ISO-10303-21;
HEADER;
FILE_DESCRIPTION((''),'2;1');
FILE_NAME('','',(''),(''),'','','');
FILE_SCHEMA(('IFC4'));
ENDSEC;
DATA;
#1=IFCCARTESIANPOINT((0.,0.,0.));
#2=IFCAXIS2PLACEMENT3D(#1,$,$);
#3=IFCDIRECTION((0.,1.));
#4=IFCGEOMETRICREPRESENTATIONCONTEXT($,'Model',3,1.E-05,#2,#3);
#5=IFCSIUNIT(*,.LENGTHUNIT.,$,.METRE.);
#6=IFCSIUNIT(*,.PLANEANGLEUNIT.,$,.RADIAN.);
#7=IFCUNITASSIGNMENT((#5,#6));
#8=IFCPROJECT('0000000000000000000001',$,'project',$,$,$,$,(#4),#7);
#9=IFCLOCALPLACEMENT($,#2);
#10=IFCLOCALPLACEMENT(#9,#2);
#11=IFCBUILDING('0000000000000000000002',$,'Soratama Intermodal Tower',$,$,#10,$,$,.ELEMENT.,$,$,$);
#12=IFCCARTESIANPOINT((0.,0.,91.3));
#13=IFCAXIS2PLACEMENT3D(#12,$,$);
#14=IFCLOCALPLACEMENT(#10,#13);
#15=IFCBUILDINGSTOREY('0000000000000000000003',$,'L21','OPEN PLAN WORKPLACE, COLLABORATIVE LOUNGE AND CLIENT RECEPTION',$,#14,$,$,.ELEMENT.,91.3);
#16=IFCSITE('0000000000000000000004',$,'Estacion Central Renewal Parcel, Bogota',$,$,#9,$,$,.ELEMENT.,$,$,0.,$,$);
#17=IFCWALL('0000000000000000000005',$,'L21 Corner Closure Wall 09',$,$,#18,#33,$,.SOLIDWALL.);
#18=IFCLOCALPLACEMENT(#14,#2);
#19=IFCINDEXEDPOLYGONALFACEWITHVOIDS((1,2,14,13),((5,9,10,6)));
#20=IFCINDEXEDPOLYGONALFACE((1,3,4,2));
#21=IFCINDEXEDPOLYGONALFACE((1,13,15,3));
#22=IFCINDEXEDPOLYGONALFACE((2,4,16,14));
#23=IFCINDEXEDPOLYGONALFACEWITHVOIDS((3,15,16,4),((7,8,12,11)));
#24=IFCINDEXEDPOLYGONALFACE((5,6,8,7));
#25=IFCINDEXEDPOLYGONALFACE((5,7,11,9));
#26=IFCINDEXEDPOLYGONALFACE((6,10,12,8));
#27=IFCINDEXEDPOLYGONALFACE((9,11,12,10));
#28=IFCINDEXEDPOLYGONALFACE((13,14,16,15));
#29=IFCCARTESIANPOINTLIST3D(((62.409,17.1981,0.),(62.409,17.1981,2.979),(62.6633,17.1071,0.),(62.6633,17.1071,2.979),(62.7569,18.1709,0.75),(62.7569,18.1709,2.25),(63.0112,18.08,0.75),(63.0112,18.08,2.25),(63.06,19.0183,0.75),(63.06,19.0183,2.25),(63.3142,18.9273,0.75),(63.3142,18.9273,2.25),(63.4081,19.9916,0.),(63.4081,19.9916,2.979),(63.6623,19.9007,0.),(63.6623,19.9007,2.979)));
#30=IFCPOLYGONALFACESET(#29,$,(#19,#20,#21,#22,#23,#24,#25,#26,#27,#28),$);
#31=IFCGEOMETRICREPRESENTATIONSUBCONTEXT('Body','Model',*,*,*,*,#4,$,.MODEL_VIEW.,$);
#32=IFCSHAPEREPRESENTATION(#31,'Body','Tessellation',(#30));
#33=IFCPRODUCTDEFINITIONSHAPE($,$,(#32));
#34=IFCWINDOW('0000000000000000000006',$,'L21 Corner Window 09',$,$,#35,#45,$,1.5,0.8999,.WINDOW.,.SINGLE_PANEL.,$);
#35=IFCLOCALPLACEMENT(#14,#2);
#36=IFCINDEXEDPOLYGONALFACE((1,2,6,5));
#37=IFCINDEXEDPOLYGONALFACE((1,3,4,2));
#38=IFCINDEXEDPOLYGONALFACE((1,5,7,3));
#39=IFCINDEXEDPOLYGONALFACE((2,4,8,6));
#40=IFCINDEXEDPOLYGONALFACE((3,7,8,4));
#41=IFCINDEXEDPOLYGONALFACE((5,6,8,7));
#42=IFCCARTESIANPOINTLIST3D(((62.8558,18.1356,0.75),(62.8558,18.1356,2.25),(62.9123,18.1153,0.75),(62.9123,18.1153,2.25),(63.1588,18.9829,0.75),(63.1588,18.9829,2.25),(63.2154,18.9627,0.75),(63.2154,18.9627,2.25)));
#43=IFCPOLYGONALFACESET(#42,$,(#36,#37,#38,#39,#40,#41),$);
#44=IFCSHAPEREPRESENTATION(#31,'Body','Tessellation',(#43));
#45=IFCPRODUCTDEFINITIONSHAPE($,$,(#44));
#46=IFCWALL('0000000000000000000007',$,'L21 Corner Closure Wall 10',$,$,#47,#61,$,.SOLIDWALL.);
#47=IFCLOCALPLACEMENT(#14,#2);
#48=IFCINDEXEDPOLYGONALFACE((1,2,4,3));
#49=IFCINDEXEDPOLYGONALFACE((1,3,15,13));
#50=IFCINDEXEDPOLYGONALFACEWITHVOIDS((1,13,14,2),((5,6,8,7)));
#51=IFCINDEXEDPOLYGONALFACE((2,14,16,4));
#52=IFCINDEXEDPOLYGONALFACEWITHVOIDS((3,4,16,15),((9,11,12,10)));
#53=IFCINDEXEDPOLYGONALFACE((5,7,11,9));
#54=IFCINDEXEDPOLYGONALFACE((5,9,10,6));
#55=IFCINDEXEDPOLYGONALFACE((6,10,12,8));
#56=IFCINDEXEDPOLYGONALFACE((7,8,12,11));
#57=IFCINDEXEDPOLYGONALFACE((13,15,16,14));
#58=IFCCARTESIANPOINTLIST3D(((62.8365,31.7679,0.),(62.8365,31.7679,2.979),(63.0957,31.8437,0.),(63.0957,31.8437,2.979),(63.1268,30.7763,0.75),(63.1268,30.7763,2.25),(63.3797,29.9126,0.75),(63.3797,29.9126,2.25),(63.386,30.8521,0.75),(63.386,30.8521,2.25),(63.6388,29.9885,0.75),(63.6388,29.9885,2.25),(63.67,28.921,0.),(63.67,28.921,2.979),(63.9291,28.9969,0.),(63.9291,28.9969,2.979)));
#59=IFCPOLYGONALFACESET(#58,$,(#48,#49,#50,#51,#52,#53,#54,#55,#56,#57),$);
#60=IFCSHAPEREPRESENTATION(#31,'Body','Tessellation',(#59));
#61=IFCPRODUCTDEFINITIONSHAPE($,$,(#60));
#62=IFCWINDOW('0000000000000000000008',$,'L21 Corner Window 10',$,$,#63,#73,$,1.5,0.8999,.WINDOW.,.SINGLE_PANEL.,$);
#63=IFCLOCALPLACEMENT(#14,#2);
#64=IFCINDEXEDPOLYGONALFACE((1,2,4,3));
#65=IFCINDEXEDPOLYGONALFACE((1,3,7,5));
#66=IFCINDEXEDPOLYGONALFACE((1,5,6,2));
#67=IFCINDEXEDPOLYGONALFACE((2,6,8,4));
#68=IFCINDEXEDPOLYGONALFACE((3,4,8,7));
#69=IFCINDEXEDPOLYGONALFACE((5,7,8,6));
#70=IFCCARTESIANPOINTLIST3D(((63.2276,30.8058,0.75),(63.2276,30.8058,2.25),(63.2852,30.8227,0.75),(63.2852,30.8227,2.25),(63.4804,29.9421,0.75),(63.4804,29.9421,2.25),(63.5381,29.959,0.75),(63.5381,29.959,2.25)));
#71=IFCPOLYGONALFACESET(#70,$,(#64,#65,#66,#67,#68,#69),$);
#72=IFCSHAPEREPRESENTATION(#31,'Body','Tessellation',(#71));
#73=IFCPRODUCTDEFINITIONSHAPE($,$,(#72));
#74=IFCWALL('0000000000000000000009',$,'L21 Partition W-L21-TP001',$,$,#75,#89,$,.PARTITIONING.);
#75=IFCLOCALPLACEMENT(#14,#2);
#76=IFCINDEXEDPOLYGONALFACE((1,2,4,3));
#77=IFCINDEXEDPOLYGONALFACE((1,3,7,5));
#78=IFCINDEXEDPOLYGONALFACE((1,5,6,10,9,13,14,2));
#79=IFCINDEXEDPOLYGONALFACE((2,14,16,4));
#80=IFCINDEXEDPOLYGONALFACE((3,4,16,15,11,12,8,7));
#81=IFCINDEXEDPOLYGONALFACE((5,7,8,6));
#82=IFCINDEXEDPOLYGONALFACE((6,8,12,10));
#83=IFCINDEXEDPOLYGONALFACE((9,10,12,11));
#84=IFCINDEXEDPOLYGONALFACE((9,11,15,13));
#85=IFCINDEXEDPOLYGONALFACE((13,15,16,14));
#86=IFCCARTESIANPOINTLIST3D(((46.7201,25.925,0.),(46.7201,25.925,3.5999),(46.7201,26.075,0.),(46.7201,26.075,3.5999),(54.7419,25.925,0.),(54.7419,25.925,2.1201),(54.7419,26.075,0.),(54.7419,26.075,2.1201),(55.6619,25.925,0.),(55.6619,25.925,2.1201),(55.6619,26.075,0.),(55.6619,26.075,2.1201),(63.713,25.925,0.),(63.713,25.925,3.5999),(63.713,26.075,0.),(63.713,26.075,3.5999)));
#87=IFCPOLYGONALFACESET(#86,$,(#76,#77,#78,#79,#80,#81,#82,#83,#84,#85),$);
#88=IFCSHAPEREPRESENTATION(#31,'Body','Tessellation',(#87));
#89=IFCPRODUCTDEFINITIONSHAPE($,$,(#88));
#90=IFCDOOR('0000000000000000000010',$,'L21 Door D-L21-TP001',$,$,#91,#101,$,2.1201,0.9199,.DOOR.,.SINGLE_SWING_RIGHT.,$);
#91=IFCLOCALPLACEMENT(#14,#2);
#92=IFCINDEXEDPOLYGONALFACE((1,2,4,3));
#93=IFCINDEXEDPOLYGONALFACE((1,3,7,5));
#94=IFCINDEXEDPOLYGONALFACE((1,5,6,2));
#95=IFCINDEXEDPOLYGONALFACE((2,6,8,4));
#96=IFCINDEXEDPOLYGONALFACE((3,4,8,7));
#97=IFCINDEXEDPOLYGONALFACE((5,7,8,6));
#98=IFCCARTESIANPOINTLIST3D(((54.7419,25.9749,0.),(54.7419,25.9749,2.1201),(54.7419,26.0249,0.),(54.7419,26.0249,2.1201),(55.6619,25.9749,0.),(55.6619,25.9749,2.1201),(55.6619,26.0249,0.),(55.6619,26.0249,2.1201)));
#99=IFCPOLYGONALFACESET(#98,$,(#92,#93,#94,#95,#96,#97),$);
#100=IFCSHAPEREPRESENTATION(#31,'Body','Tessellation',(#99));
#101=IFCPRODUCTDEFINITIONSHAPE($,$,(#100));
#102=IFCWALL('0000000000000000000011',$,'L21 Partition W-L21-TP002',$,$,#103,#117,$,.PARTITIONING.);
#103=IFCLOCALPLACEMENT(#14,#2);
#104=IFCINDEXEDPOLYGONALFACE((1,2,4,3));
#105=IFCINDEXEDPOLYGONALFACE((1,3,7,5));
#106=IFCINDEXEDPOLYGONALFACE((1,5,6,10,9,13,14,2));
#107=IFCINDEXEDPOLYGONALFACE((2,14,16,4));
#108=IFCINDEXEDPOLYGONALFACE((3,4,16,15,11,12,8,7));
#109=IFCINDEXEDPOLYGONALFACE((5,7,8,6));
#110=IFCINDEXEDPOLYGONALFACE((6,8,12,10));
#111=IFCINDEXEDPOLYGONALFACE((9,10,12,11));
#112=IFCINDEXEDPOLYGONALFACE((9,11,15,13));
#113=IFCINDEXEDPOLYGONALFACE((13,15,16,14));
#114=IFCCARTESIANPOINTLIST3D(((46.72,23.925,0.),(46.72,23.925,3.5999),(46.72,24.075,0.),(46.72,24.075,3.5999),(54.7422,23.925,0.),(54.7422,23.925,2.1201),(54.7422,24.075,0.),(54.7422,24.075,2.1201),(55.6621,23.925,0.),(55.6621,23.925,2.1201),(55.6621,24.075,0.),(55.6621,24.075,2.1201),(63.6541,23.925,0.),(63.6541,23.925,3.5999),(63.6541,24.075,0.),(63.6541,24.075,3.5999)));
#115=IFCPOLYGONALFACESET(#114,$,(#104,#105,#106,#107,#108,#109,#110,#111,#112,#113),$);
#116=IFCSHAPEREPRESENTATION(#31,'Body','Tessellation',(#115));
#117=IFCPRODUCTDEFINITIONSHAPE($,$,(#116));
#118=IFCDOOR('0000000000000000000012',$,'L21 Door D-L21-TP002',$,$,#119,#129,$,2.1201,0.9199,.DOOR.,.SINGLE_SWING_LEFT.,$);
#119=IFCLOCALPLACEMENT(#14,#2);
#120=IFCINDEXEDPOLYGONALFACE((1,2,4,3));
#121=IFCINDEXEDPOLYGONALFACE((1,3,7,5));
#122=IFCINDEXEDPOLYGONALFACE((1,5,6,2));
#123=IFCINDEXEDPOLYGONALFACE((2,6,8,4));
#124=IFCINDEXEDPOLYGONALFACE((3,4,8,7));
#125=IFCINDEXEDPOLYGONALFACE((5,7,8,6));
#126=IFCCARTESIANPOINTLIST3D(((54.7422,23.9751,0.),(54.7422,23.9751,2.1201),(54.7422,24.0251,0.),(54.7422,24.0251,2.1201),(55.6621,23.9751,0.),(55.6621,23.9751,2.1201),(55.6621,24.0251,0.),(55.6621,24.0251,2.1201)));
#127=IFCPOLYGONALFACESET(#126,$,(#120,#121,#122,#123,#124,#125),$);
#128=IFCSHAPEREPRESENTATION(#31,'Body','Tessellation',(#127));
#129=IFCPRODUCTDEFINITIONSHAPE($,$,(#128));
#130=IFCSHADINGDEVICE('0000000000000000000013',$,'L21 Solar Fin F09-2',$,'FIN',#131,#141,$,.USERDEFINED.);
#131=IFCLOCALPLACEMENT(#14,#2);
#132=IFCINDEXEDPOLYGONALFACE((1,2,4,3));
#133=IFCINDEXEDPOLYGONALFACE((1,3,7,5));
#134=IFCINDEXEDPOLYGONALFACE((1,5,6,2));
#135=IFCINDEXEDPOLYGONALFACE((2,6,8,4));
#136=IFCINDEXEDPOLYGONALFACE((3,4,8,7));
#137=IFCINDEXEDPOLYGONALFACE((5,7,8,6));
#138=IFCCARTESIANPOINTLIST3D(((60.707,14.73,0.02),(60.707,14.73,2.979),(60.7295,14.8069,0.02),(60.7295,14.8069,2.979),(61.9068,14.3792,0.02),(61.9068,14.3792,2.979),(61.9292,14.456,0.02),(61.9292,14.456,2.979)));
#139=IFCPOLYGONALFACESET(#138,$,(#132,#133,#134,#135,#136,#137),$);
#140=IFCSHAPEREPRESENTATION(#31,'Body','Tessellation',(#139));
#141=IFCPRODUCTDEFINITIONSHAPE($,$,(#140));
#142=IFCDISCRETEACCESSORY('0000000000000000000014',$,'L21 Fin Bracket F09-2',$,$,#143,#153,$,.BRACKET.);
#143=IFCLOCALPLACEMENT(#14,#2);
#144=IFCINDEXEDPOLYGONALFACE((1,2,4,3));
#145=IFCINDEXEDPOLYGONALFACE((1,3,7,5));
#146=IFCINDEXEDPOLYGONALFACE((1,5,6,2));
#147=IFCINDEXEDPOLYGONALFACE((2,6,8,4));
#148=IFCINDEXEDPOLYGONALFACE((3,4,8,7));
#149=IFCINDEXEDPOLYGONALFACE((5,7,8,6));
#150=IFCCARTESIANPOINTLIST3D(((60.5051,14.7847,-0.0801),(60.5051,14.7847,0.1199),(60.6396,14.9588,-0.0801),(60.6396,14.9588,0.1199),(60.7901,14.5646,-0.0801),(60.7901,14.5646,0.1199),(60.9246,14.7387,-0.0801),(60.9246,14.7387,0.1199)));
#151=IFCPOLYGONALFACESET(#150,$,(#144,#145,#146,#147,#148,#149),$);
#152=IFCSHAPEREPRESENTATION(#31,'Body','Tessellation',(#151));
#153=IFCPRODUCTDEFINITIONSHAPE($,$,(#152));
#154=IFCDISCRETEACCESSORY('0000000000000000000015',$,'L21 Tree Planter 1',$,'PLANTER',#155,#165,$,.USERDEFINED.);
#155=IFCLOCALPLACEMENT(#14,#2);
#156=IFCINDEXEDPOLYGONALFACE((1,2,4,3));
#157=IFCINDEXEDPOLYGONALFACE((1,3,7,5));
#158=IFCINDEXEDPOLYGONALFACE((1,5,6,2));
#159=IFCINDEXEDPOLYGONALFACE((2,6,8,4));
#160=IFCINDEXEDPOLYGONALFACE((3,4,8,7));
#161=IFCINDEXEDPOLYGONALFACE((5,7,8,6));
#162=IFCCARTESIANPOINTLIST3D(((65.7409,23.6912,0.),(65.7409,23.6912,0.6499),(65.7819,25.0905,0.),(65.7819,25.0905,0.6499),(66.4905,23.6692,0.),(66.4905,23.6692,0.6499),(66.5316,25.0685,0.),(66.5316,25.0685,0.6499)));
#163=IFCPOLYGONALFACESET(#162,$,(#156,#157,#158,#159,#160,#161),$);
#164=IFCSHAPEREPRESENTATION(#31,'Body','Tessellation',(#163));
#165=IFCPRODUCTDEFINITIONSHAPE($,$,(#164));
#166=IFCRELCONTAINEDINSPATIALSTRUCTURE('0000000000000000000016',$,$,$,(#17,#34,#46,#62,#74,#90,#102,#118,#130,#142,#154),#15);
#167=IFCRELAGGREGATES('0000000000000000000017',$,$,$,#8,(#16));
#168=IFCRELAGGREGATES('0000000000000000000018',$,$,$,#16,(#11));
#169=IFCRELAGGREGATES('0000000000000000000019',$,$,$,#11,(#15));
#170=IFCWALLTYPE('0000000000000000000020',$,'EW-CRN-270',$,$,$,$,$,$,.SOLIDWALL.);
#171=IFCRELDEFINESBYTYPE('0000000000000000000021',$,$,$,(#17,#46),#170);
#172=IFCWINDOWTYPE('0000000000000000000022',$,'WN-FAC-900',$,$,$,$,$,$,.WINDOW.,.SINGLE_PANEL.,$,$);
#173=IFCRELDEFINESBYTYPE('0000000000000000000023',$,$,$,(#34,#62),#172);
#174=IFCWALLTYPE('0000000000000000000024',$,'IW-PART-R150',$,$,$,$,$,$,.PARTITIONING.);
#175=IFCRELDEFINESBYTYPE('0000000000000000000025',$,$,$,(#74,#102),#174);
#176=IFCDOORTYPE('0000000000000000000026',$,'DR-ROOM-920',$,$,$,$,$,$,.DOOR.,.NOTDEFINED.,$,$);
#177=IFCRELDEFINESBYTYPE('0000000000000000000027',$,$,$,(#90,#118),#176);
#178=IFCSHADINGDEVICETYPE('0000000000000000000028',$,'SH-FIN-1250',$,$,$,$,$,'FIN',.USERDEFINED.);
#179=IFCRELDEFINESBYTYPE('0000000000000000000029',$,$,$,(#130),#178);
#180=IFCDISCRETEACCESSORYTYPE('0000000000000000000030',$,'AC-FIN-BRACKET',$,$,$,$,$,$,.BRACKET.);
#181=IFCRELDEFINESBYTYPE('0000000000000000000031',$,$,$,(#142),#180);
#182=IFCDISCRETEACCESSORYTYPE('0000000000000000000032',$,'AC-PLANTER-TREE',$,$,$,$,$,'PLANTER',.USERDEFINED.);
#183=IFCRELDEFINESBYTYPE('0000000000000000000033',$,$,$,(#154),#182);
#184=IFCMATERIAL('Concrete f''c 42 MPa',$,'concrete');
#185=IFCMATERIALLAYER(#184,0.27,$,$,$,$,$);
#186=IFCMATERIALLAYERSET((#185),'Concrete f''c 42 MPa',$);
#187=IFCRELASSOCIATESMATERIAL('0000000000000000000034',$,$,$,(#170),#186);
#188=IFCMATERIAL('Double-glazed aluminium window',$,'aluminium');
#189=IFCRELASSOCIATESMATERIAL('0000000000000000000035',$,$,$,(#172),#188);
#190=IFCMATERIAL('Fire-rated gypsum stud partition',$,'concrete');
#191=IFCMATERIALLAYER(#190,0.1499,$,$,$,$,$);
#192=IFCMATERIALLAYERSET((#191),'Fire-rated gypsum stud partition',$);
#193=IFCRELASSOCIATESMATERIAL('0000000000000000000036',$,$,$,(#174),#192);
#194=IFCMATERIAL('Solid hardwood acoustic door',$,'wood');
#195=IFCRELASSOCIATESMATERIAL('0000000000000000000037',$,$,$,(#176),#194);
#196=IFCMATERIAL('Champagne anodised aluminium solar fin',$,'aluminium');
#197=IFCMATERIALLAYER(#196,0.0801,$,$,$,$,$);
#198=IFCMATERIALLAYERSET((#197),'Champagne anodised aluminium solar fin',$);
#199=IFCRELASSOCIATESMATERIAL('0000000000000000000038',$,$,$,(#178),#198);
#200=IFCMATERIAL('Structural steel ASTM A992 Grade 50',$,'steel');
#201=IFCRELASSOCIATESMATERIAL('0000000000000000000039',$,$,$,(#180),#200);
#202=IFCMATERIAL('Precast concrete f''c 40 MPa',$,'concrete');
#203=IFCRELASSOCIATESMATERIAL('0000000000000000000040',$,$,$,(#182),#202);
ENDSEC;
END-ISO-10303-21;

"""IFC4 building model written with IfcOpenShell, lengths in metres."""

from ifc_helpers import new_model, si_unit, direction, frame, frame_2d, origin, origin_2d, place, context, subcontext, project, spatial, rectangle, extrude, material, layer, layer_set, type_object, element, fill, save


model = new_model("IFC4")

# Units and contexts
model_context = context("Model", 3, precision=1e-05, world=origin(), true_north=direction((0.0, 1.0)))
body_context = subcontext(model_context, "Body", "Model", "MODEL_VIEW")
ifc_project = project(units=[si_unit("LENGTHUNIT", "METRE"), si_unit("PLANEANGLEUNIT", "RADIAN")], contexts=[model_context])

# Site, building, storey
site_placement = place(None, origin())
site = spatial("IfcSite", under=ifc_project, at=site_placement, Name="Estacion Central Renewal Parcel, Bogota", CompositionType="ELEMENT", RefElevation=0.0)
building_placement = place(site_placement, origin())
building = spatial("IfcBuilding", under=site, at=building_placement, Name="Soratama Intermodal Tower", CompositionType="ELEMENT")
storey_placement = place(building_placement, frame((0.0, 0.0, 91.3)))
storey = spatial("IfcBuildingStorey", under=building, at=storey_placement, Name="L21", Description="OPEN PLAN WORKPLACE, COLLABORATIVE LOUNGE AND CLIENT RECEPTION", CompositionType="ELEMENT", Elevation=91.3)

# Walls, openings, windows
ifc_material_1 = material(Name="Concrete f'c 42 MPa", Category="concrete")
ifc_layer_1 = layer(ifc_material_1, 0.27)
ifc_layer_set_1 = layer_set([ifc_layer_1], Name="Concrete f'c 42 MPa")
wall_type_1 = type_object("IfcWallType", Name="EW-CRN-270", PredefinedType="SOLIDWALL", material=ifc_layer_set_1)
wall_1_placement = place(storey_placement, frame((62.5361, 17.1526, 0.0), z_axis=(0.0, 0.0, 1.0), x_axis=(0.336743, 0.941597, 0.0)))
wall_1 = element("IfcWall", 1, at=wall_1_placement, inside=storey, type_object=wall_type_1, Name="L21 Corner Closure Wall 09", PredefinedType="SOLIDWALL", context=body_context, shape_type="SweptSolid", body=[
    extrude(rectangle(XDim=2.9668, YDim=0.27, at=frame_2d((1.4834, 0.0))), origin(), (0.0, 0.0, 1.0), 2.979),
])
opening_1_placement = place(wall_1_placement, frame((1.0332, 0.0, 0.75)))
opening_1 = element("IfcOpeningElement", 2, at=opening_1_placement, cuts=wall_1, PredefinedType="OPENING", context=body_context, shape_type="SweptSolid", body=[
    extrude(rectangle(XDim=0.8999, YDim=1.5, at=frame_2d((0.45, 0.75))), frame((0.0, 0.145, 0.0), z_axis=(0.0, -1.0, 0.0), x_axis=(1.0, 0.0, 0.0)), (0.0, 0.0, 1.0), 0.29),
])
ifc_material_2 = material(Name="Double-glazed aluminium window", Category="aluminium")
window_type_1 = type_object("IfcWindowType", Name="WN-FAC-900", PartitioningType="SINGLE_PANEL", PredefinedType="WINDOW", material=ifc_material_2)
window_1_placement = place(opening_1_placement, origin())
window_1 = element("IfcWindow", 3, at=window_1_placement, inside=storey, type_object=window_type_1, Name="L21 Corner Window 09", OverallHeight=1.5, OverallWidth=0.8999, PartitioningType="SINGLE_PANEL", PredefinedType="WINDOW", context=body_context, shape_type="SweptSolid", body=[
    extrude(rectangle(XDim=0.8999, YDim=1.5, at=frame_2d((0.45, 0.75))), frame((0.0, 0.03, 0.0), z_axis=(0.0, -1.0, 0.0), x_axis=(1.0, 0.0, 0.0)), (0.0, 0.0, 1.0), 0.0601),
])
fill(opening_1, window_1)
wall_2_placement = place(storey_placement, frame((63.7996, 28.959, 0.0), z_axis=(0.0, 0.0, 1.0), x_axis=(-0.280976, 0.959715, 0.0)))
wall_2 = element("IfcWall", 4, at=wall_2_placement, inside=storey, type_object=wall_type_1, Name="L21 Corner Closure Wall 10", PredefinedType="SOLIDWALL", context=body_context, shape_type="SweptSolid", body=[
    extrude(rectangle(XDim=2.9663, YDim=0.27, at=frame_2d((1.4832, 0.0))), origin(), (0.0, 0.0, 1.0), 2.979),
])
opening_2_placement = place(wall_2_placement, frame((1.0332, 0.0, 0.75)))
opening_2 = element("IfcOpeningElement", 5, at=opening_2_placement, cuts=wall_2, PredefinedType="OPENING", context=body_context, shape_type="SweptSolid", body=[
    extrude(rectangle(XDim=0.8999, YDim=1.5, at=frame_2d((0.45, 0.75))), frame((0.0, 0.145, 0.0), z_axis=(0.0, -1.0, 0.0), x_axis=(1.0, 0.0, 0.0)), (0.0, 0.0, 1.0), 0.29),
])
window_2_placement = place(opening_2_placement, origin())
window_2 = element("IfcWindow", 6, at=window_2_placement, inside=storey, type_object=window_type_1, Name="L21 Corner Window 10", OverallHeight=1.5, OverallWidth=0.8999, PartitioningType="SINGLE_PANEL", PredefinedType="WINDOW", context=body_context, shape_type="SweptSolid", body=[
    extrude(rectangle(XDim=0.8999, YDim=1.5, at=frame_2d((0.45, 0.75))), frame((0.0, 0.03, 0.0), z_axis=(0.0, -1.0, 0.0), x_axis=(1.0, 0.0, 0.0)), (0.0, 0.0, 1.0), 0.0601),
])
fill(opening_2, window_2)

# Walls, openings, doors
ifc_material_3 = material(Name="Fire-rated gypsum stud partition", Category="concrete")
ifc_layer_2 = layer(ifc_material_3, 0.1499)
ifc_layer_set_2 = layer_set([ifc_layer_2], Name="Fire-rated gypsum stud partition")
wall_type_2 = type_object("IfcWallType", Name="IW-PART-R150", PredefinedType="PARTITIONING", material=ifc_layer_set_2)
wall_3_placement = place(storey_placement, frame((46.72, 26.0, 0.0), z_axis=(0.0, 0.0, 1.0), x_axis=(1.0, 0.0, 0.0)))
wall_3 = element("IfcWall", 7, at=wall_3_placement, inside=storey, type_object=wall_type_2, Name="L21 Partition W-L21-TP001", PredefinedType="PARTITIONING", context=body_context, shape_type="SweptSolid", body=[
    extrude(rectangle(XDim=16.9929, YDim=0.1499, at=frame_2d((8.4966, 0.0))), origin(), (0.0, 0.0, 1.0), 3.5999),
])
opening_3_placement = place(wall_3_placement, frame((8.022, 0.0, 0.0)))
opening_3 = element("IfcOpeningElement", 8, at=opening_3_placement, cuts=wall_3, PredefinedType="OPENING", context=body_context, shape_type="SweptSolid", body=[
    extrude(rectangle(XDim=0.9199, YDim=2.1201, at=frame_2d((0.46, 1.0601))), frame((0.0, 0.085, 0.0), z_axis=(0.0, -1.0, 0.0), x_axis=(1.0, 0.0, 0.0)), (0.0, 0.0, 1.0), 0.1699),
])
ifc_material_4 = material(Name="Solid hardwood acoustic door", Category="wood")
door_type_1 = type_object("IfcDoorType", Name="DR-ROOM-920", OperationType="NOTDEFINED", PredefinedType="DOOR", material=ifc_material_4)
door_1_placement = place(opening_3_placement, origin())
door_1 = element("IfcDoor", 9, at=door_1_placement, inside=storey, type_object=door_type_1, Name="L21 Door D-L21-TP001", OperationType="SINGLE_SWING_RIGHT", OverallHeight=2.1201, OverallWidth=0.9199, PredefinedType="DOOR", context=body_context, shape_type="SweptSolid", body=[
    extrude(rectangle(XDim=0.9199, YDim=2.1201, at=frame_2d((0.46, 1.0601))), frame((0.0, 0.0249, 0.0), z_axis=(0.0, -1.0, 0.0), x_axis=(1.0, 0.0, 0.0)), (0.0, 0.0, 1.0), 0.05),
])
fill(opening_3, door_1)
wall_4_placement = place(storey_placement, frame((63.6541, 24.0, 0.0), z_axis=(0.0, 0.0, 1.0), x_axis=(-1.0, 0.0, 0.0)))
wall_4 = element("IfcWall", 10, at=wall_4_placement, inside=storey, type_object=wall_type_2, Name="L21 Partition W-L21-TP002", PredefinedType="PARTITIONING", context=body_context, shape_type="SweptSolid", body=[
    extrude(rectangle(XDim=16.9341, YDim=0.1499, at=frame_2d((8.467, 0.0))), origin(), (0.0, 0.0, 1.0), 3.5999),
])
opening_4_placement = place(wall_4_placement, frame((7.9919, 0.0, 0.0)))
opening_4 = element("IfcOpeningElement", 11, at=opening_4_placement, cuts=wall_4, PredefinedType="OPENING", context=body_context, shape_type="SweptSolid", body=[
    extrude(rectangle(XDim=0.9199, YDim=2.1201, at=frame_2d((0.46, 1.0601))), frame((0.0, 0.085, 0.0), z_axis=(0.0, -1.0, 0.0), x_axis=(1.0, 0.0, 0.0)), (0.0, 0.0, 1.0), 0.1699),
])
door_2_placement = place(opening_4_placement, origin())
door_2 = element("IfcDoor", 12, at=door_2_placement, inside=storey, type_object=door_type_1, Name="L21 Door D-L21-TP002", OperationType="SINGLE_SWING_LEFT", OverallHeight=2.1201, OverallWidth=0.9199, PredefinedType="DOOR", context=body_context, shape_type="SweptSolid", body=[
    extrude(rectangle(XDim=0.9199, YDim=2.1201, at=frame_2d((0.46, 1.0601))), frame((0.0, 0.0249, 0.0), z_axis=(0.0, -1.0, 0.0), x_axis=(1.0, 0.0, 0.0)), (0.0, 0.0, 1.0), 0.05),
])
fill(opening_4, door_2)

# Shading device
ifc_material_5 = material(Name="Champagne anodised aluminium solar fin", Category="aluminium")
ifc_layer_3 = layer(ifc_material_5, 0.0801)
ifc_layer_set_3 = layer_set([ifc_layer_3], Name="Champagne anodised aluminium solar fin")
shading_device_type = type_object("IfcShadingDeviceType", Name="SH-FIN-1250", ElementType="FIN", PredefinedType="USERDEFINED", material=ifc_layer_set_3)
shading_device_placement = place(storey_placement, frame((61.3181, 14.593, 0.02), z_axis=(0.0, 0.0, 1.0), x_axis=(0.959805, -0.280667, 0.0)))
element("IfcShadingDevice", 13, at=shading_device_placement, inside=storey, type_object=shading_device_type, Name="L21 Solar Fin F09-2", ObjectType="FIN", PredefinedType="USERDEFINED", context=body_context, shape_type="SweptSolid", body=[
    extrude(rectangle(XDim=1.25, YDim=0.0801, at=origin_2d()), origin(), (0.0, 0.0, 1.0), 2.959),
])

# Discrete accessories
ifc_material_6 = material(Name="Structural steel ASTM A992 Grade 50", Category="steel")
discrete_accessory_type_1 = type_object("IfcDiscreteAccessoryType", Name="AC-FIN-BRACKET", PredefinedType="BRACKET", material=ifc_material_6)
discrete_accessory_1_placement = place(storey_placement, frame((60.7148, 14.7617, -0.0801), z_axis=(0.0, 0.0, 1.0), x_axis=(0.791437, -0.611251, 0.0)))
element("IfcDiscreteAccessory", 14, at=discrete_accessory_1_placement, inside=storey, type_object=discrete_accessory_type_1, Name="L21 Fin Bracket F09-2", PredefinedType="BRACKET", context=body_context, shape_type="SweptSolid", body=[
    extrude(rectangle(XDim=0.3601, YDim=0.22, at=origin_2d()), origin(), (0.0, 0.0, 1.0), 0.2),
])
ifc_material_7 = material(Name="Precast concrete f'c 40 MPa", Category="concrete")
discrete_accessory_type_2 = type_object("IfcDiscreteAccessoryType", Name="AC-PLANTER-TREE", ElementType="PLANTER", PredefinedType="USERDEFINED", material=ifc_material_7)
discrete_accessory_2_placement = place(storey_placement, frame((66.1362, 24.3799, 0.0), z_axis=(0.0, 0.0, 1.0), x_axis=(0.99957, -0.029317, 0.0)))
element("IfcDiscreteAccessory", 15, at=discrete_accessory_2_placement, inside=storey, type_object=discrete_accessory_type_2, Name="L21 Tree Planter 1", ObjectType="PLANTER", PredefinedType="USERDEFINED", context=body_context, shape_type="SweptSolid", body=[
    extrude(rectangle(XDim=0.75, YDim=1.3999, at=origin_2d()), origin(), (0.0, 0.0, 1.0), 0.6499),
])

save(model, "model.ifc")
